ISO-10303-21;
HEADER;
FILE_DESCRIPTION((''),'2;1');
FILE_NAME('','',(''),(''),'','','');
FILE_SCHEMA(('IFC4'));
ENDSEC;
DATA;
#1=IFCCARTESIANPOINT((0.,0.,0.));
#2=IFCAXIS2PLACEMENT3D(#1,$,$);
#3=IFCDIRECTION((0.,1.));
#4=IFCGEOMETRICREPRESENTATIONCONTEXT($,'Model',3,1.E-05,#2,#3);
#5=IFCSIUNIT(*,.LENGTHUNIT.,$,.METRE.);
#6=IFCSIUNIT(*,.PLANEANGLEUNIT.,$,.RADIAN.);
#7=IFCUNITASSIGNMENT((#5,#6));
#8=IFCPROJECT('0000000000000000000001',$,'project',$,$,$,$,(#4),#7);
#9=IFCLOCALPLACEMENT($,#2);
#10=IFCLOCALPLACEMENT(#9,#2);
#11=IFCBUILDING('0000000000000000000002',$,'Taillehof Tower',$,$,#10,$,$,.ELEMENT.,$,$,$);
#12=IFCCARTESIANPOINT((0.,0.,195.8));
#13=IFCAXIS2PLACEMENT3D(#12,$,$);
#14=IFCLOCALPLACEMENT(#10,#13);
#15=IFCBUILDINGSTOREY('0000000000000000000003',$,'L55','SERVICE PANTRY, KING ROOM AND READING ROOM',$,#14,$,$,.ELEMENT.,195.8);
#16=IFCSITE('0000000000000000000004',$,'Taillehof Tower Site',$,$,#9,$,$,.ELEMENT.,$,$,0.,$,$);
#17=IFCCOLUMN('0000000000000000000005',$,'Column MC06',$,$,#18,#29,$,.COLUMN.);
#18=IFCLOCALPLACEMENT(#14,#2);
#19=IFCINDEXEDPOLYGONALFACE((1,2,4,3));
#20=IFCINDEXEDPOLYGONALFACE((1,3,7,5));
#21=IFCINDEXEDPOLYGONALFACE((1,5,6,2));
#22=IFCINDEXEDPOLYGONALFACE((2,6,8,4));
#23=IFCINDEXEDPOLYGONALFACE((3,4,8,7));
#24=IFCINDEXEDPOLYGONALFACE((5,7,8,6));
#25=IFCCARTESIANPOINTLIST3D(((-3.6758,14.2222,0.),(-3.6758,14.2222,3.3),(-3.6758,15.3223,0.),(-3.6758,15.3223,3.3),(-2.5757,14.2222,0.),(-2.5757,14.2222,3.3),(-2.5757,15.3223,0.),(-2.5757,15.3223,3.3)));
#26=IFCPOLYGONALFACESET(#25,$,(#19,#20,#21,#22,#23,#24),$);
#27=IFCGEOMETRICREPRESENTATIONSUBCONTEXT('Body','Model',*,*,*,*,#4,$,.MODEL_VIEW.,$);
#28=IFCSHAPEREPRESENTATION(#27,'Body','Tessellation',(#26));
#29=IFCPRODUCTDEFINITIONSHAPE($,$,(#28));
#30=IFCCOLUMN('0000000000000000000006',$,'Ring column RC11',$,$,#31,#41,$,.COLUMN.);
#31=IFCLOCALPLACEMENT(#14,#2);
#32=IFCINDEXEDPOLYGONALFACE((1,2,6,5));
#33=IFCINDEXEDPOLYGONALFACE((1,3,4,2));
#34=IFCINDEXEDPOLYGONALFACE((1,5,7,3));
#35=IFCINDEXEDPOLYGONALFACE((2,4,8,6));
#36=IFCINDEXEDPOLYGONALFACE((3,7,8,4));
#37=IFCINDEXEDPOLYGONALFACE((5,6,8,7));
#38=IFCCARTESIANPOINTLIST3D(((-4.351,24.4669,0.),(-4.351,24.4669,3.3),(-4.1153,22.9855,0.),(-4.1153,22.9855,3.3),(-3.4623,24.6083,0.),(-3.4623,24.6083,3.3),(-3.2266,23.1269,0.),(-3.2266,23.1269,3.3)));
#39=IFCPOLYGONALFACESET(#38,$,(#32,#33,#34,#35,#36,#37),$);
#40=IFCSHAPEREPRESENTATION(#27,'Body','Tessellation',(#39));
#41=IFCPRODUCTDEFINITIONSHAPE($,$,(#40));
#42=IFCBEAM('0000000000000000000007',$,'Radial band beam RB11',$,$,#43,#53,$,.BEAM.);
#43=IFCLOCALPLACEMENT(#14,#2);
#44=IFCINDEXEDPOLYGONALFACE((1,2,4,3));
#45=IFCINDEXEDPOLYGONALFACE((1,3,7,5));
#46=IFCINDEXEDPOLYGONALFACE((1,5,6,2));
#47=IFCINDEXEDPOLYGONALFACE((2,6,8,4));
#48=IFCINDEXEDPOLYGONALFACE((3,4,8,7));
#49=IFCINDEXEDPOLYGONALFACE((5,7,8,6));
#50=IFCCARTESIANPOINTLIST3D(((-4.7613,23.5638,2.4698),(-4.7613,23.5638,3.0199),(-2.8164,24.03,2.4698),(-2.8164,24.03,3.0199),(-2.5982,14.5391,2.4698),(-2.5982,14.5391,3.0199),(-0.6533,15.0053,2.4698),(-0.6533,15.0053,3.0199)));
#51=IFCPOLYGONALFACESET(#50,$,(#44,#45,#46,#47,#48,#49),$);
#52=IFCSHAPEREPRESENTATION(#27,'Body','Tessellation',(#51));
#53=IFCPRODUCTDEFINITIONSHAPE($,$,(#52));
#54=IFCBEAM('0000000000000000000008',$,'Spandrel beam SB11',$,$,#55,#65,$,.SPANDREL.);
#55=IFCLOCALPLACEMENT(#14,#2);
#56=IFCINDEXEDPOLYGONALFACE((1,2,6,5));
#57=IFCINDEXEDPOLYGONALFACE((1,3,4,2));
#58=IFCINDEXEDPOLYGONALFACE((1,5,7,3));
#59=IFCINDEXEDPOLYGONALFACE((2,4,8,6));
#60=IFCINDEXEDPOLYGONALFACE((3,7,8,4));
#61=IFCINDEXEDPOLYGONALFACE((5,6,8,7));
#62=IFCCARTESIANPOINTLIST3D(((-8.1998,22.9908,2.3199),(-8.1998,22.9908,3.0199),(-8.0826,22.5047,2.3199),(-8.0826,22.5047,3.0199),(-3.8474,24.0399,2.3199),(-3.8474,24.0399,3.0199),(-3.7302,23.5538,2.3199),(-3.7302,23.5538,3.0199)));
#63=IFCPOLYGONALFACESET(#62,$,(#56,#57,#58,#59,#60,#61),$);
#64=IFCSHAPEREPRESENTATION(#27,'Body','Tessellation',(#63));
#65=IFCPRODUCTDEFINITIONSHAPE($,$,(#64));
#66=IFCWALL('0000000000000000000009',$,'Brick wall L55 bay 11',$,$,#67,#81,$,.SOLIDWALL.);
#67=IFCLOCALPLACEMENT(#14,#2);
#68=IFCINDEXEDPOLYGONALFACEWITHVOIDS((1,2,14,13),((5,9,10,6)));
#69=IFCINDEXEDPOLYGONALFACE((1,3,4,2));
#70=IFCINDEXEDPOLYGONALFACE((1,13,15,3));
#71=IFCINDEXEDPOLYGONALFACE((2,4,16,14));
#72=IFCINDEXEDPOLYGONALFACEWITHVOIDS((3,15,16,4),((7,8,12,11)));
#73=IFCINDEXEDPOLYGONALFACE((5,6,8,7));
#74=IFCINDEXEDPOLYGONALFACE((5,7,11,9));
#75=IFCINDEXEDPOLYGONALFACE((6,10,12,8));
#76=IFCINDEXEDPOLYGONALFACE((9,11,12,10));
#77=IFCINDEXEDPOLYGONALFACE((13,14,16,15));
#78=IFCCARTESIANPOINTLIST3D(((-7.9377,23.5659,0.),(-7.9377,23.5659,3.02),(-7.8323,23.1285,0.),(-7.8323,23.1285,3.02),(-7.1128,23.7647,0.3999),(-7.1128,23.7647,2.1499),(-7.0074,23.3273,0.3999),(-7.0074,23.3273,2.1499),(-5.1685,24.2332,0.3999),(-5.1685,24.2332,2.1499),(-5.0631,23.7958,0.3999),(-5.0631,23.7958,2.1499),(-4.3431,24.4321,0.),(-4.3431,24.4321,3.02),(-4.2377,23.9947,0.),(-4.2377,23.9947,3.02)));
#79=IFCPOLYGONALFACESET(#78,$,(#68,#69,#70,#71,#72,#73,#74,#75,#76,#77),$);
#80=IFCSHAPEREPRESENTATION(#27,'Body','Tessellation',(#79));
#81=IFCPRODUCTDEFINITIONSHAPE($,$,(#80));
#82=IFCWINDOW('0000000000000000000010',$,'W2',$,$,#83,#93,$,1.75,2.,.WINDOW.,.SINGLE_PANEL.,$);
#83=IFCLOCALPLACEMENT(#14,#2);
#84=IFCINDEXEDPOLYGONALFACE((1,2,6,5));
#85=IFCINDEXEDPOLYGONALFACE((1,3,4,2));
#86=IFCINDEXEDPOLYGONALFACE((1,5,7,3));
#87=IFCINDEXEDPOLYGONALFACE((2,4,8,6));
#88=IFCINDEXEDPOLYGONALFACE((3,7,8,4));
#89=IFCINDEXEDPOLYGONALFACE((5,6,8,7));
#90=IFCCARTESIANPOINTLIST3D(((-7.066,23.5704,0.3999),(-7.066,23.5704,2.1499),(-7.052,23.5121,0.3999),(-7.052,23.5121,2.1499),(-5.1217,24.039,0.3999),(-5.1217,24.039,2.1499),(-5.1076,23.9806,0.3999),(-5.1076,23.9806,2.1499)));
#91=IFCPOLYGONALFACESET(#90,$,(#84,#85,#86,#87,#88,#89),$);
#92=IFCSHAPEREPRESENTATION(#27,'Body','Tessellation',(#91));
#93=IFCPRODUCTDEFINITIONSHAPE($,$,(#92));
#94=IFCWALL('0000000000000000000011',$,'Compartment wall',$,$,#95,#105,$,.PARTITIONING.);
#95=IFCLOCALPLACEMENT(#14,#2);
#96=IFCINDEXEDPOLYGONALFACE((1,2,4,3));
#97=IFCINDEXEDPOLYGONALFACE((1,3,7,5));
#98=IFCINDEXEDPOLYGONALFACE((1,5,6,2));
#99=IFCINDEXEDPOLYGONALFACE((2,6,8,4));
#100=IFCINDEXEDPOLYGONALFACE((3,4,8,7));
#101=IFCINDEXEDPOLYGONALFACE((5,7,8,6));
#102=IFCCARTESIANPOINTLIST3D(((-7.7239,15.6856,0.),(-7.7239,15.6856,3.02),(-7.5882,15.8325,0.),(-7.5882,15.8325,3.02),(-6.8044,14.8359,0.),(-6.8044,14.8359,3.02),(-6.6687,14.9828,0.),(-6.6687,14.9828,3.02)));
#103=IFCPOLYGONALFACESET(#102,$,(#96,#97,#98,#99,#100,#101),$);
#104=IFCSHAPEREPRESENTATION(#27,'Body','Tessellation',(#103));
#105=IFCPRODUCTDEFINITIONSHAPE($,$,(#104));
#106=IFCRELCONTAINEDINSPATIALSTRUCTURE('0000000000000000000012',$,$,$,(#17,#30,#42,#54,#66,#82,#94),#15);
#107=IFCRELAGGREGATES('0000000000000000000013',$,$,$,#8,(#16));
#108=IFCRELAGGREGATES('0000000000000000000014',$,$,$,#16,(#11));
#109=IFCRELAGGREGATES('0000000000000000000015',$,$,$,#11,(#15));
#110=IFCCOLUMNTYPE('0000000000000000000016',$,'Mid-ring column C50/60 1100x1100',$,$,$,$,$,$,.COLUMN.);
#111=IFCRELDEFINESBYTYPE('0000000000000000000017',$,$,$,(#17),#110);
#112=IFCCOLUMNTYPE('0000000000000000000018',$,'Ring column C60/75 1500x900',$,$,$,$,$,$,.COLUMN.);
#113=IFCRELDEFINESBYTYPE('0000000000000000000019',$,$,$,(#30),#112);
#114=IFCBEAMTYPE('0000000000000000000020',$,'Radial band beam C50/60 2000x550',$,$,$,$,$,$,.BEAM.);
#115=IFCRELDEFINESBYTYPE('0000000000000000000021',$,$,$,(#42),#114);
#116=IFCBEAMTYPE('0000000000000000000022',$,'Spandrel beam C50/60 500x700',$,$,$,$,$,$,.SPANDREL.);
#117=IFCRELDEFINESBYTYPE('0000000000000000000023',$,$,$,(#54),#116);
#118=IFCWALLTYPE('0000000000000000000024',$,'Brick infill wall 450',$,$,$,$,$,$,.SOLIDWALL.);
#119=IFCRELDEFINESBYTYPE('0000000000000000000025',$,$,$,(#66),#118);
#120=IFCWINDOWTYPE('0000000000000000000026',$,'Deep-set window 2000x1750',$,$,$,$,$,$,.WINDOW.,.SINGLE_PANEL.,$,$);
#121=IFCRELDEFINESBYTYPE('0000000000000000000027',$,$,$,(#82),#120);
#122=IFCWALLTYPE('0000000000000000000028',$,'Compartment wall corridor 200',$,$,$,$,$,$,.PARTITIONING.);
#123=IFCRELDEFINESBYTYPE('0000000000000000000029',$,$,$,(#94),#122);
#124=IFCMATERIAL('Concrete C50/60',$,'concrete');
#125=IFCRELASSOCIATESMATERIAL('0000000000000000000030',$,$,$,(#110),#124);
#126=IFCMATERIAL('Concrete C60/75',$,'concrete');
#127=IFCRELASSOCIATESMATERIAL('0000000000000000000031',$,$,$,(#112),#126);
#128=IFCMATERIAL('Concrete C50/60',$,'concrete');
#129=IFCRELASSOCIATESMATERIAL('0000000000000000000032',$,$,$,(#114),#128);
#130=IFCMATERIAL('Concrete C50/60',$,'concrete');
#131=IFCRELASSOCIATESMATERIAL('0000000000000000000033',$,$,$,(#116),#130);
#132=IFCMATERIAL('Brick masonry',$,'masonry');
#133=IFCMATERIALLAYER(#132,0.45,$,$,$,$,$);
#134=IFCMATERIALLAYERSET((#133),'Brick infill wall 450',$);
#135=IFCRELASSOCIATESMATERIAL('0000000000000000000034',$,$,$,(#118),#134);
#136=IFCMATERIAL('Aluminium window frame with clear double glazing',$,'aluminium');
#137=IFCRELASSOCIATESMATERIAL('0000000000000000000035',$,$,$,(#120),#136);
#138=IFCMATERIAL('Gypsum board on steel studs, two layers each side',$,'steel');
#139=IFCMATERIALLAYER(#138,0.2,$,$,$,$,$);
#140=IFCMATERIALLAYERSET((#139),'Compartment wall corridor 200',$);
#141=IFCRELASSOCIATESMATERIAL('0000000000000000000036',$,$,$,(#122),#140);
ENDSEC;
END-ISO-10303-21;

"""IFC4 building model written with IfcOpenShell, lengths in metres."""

from ifc_helpers import new_model, si_unit, direction, frame, frame_2d, origin, origin_2d, place, context, subcontext, project, spatial, rectangle, extrude, material, layer, layer_set, material_profile, profile_set, type_object, element, fill, save


model = new_model("IFC4")

# Units and contexts
model_context = context("Model", 3, precision=1e-05, world=origin(), true_north=direction((0.0, 1.0)))
body_context = subcontext(model_context, "Body", "Model", "MODEL_VIEW")
ifc_project = project(units=[si_unit("LENGTHUNIT", "METRE"), si_unit("PLANEANGLEUNIT", "RADIAN")], contexts=[model_context])

# Site, building, storey
site_placement = place(None, origin())
site = spatial("IfcSite", under=ifc_project, at=site_placement, Name="Taillehof Tower Site", CompositionType="ELEMENT", RefElevation=0.0)
building_placement = place(site_placement, origin())
building = spatial("IfcBuilding", under=site, at=building_placement, Name="Taillehof Tower", CompositionType="ELEMENT")
storey_placement = place(building_placement, frame((0.0, 0.0, 195.8)))
storey = spatial("IfcBuildingStorey", under=building, at=storey_placement, Name="L55", Description="SERVICE PANTRY, KING ROOM AND READING ROOM", CompositionType="ELEMENT", Elevation=195.8)

# Columns
ifc_material_1 = material(Name="Concrete C50/60", Category="concrete")
ifc_material_profile_1 = material_profile(ifc_material_1, rectangle(XDim=1.1001, YDim=1.1001, at=origin_2d()), Name="RC 1100x1100")
ifc_profile_set_1 = profile_set([ifc_material_profile_1], Name="Concrete C50/60")
column_type_1 = type_object("IfcColumnType", Name="Mid-ring column C50/60 1100x1100", PredefinedType="COLUMN", material=ifc_profile_set_1)
column_1_placement = place(storey_placement, frame((-3.1257, 14.7722, 0.0), z_axis=(0.0, 0.0, 1.0), x_axis=(1.0, 0.0, 0.0)))
element("IfcColumn", 1, at=column_1_placement, inside=storey, type_object=column_type_1, Name="Column MC06", PredefinedType="COLUMN", context=body_context, shape_type="SweptSolid", body=[
    extrude(rectangle(XDim=1.1001, YDim=1.1001, at=origin_2d()), origin(), (0.0, 0.0, 1.0), 3.3),
])
ifc_material_2 = material(Name="Concrete C60/75", Category="concrete")
ifc_material_profile_2 = material_profile(ifc_material_2, rectangle(XDim=1.5, YDim=0.8999, at=origin_2d()), Name="RC 1500x900")
ifc_profile_set_2 = profile_set([ifc_material_profile_2], Name="Concrete C60/75")
column_type_2 = type_object("IfcColumnType", Name="Ring column C60/75 1500x900", PredefinedType="COLUMN", material=ifc_profile_set_2)
column_2_placement = place(storey_placement, frame((-3.7888, 23.7969, 0.0), z_axis=(0.0, 0.0, 1.0), x_axis=(-0.157116, 0.98758, 0.0)))
element("IfcColumn", 2, at=column_2_placement, inside=storey, type_object=column_type_2, Name="Ring column RC11", PredefinedType="COLUMN", context=body_context, shape_type="SweptSolid", body=[
    extrude(rectangle(XDim=1.5, YDim=0.8999, at=origin_2d()), origin(), (0.0, 0.0, 1.0), 3.3),
])

# Beams
ifc_material_3 = material(Name="Concrete C50/60", Category="concrete")
ifc_material_profile_3 = material_profile(ifc_material_3, rectangle(XDim=2.0, YDim=0.55, at=origin_2d()), Name="RC 2000x550")
ifc_profile_set_3 = profile_set([ifc_material_profile_3], Name="Concrete C50/60")
beam_type_1 = type_object("IfcBeamType", Name="Radial band beam C50/60 2000x550", PredefinedType="BEAM", material=ifc_profile_set_3)
beam_1_placement = place(storey_placement, frame((-3.7888, 23.7969, 2.7449), z_axis=(0.233084, -0.972457, 0.0), x_axis=(0.972457, 0.233084, 0.0)))
element("IfcBeam", 3, at=beam_1_placement, inside=storey, type_object=beam_type_1, Name="Radial band beam RB11", PredefinedType="BEAM", context=body_context, shape_type="SweptSolid", body=[
    extrude(rectangle(XDim=2.0, YDim=0.55, at=origin_2d()), origin(), (0.0, 0.0, 1.0), 9.2803),
])
ifc_material_4 = material(Name="Concrete C50/60", Category="concrete")
ifc_material_profile_4 = material_profile(ifc_material_4, rectangle(XDim=0.5, YDim=0.7, at=origin_2d()), Name="RC 500x700")
ifc_profile_set_4 = profile_set([ifc_material_profile_4], Name="Concrete C50/60")
beam_type_2 = type_object("IfcBeamType", Name="Spandrel beam C50/60 500x700", PredefinedType="SPANDREL", material=ifc_profile_set_4)
beam_2_placement = place(storey_placement, frame((-3.7888, 23.7969, 2.6699), z_axis=(-0.972158, -0.234328, 0.0), x_axis=(0.234328, -0.972158, 0.0)))
element("IfcBeam", 4, at=beam_2_placement, inside=storey, type_object=beam_type_2, Name="Spandrel beam SB11", PredefinedType="SPANDREL", context=body_context, shape_type="SweptSolid", body=[
    extrude(rectangle(XDim=0.5, YDim=0.7, at=origin_2d()), origin(), (0.0, 0.0, 1.0), 4.4771),
])

# Wall, opening, window
ifc_material_5 = material(Name="Brick masonry", Category="masonry")
ifc_layer_1 = layer(ifc_material_5, 0.45)
ifc_layer_set_1 = layer_set([ifc_layer_1], Name="Brick infill wall 450")
wall_type_1 = type_object("IfcWallType", Name="Brick infill wall 450", PredefinedType="SOLIDWALL", material=ifc_layer_set_1)
wall_1_placement = place(storey_placement, frame((-4.2905, 24.2134, 0.0), z_axis=(0.0, 0.0, 1.0), x_axis=(-0.972174, -0.234262, 0.0)))
wall_1 = element("IfcWall", 5, at=wall_1_placement, inside=storey, type_object=wall_type_1, Name="Brick wall L55 bay 11", PredefinedType="SOLIDWALL", context=body_context, shape_type="SweptSolid", body=[
    extrude(rectangle(XDim=3.6975, YDim=0.45, at=frame_2d((1.8486, 0.0))), origin(), (0.0, 0.0, 1.0), 3.02),
])
opening_1_placement = place(wall_1_placement, frame((0.8489, 0.0, 0.3999)))
opening_1 = element("IfcOpeningElement", 6, at=opening_1_placement, cuts=wall_1, PredefinedType="OPENING", context=body_context, shape_type="SweptSolid", body=[
    extrude(rectangle(XDim=2.0, YDim=1.75, at=frame_2d((1.0, 0.875))), frame((0.0, 0.2349, 0.0), z_axis=(0.0, -1.0, 0.0), x_axis=(1.0, 0.0, 0.0)), (0.0, 0.0, 1.0), 0.47),
])
ifc_material_6 = material(Name="Aluminium window frame with clear double glazing", Category="aluminium")
window_type = type_object("IfcWindowType", Name="Deep-set window 2000x1750", PartitioningType="SINGLE_PANEL", PredefinedType="WINDOW", material=ifc_material_6)
window_placement = place(opening_1_placement, origin())
window = element("IfcWindow", 7, at=window_placement, inside=storey, type_object=window_type, Name="W2", OverallHeight=1.75, OverallWidth=2.0, PartitioningType="SINGLE_PANEL", PredefinedType="WINDOW", context=body_context, shape_type="SweptSolid", body=[
    extrude(rectangle(XDim=2.0, YDim=1.75, at=frame_2d((1.0, 0.875))), frame((0.0, 0.0349, 0.0), z_axis=(0.0, -1.0, 0.0), x_axis=(1.0, 0.0, 0.0)), (0.0, 0.0, 1.0), 0.0601),
])
fill(opening_1, window)

# Wall
ifc_material_7 = material(Name="Gypsum board on steel studs, two layers each side", Category="steel")
ifc_layer_2 = layer(ifc_material_7, 0.2)
ifc_layer_set_2 = layer_set([ifc_layer_2], Name="Compartment wall corridor 200")
wall_type_2 = type_object("IfcWallType", Name="Compartment wall corridor 200", PredefinedType="PARTITIONING", material=ifc_layer_set_2)
wall_2_placement = place(storey_placement, frame((-7.656, 15.759, 0.0), z_axis=(0.0, 0.0, 1.0), x_axis=(0.734444, -0.678669, 0.0)))
element("IfcWall", 8, at=wall_2_placement, inside=storey, type_object=wall_type_2, Name="Compartment wall", PredefinedType="PARTITIONING", context=body_context, shape_type="SweptSolid", body=[
    extrude(rectangle(XDim=1.252, YDim=0.2, at=frame_2d((0.626, 0.0))), origin(), (0.0, 0.0, 1.0), 3.02),
])

save(model, "model.ifc")
